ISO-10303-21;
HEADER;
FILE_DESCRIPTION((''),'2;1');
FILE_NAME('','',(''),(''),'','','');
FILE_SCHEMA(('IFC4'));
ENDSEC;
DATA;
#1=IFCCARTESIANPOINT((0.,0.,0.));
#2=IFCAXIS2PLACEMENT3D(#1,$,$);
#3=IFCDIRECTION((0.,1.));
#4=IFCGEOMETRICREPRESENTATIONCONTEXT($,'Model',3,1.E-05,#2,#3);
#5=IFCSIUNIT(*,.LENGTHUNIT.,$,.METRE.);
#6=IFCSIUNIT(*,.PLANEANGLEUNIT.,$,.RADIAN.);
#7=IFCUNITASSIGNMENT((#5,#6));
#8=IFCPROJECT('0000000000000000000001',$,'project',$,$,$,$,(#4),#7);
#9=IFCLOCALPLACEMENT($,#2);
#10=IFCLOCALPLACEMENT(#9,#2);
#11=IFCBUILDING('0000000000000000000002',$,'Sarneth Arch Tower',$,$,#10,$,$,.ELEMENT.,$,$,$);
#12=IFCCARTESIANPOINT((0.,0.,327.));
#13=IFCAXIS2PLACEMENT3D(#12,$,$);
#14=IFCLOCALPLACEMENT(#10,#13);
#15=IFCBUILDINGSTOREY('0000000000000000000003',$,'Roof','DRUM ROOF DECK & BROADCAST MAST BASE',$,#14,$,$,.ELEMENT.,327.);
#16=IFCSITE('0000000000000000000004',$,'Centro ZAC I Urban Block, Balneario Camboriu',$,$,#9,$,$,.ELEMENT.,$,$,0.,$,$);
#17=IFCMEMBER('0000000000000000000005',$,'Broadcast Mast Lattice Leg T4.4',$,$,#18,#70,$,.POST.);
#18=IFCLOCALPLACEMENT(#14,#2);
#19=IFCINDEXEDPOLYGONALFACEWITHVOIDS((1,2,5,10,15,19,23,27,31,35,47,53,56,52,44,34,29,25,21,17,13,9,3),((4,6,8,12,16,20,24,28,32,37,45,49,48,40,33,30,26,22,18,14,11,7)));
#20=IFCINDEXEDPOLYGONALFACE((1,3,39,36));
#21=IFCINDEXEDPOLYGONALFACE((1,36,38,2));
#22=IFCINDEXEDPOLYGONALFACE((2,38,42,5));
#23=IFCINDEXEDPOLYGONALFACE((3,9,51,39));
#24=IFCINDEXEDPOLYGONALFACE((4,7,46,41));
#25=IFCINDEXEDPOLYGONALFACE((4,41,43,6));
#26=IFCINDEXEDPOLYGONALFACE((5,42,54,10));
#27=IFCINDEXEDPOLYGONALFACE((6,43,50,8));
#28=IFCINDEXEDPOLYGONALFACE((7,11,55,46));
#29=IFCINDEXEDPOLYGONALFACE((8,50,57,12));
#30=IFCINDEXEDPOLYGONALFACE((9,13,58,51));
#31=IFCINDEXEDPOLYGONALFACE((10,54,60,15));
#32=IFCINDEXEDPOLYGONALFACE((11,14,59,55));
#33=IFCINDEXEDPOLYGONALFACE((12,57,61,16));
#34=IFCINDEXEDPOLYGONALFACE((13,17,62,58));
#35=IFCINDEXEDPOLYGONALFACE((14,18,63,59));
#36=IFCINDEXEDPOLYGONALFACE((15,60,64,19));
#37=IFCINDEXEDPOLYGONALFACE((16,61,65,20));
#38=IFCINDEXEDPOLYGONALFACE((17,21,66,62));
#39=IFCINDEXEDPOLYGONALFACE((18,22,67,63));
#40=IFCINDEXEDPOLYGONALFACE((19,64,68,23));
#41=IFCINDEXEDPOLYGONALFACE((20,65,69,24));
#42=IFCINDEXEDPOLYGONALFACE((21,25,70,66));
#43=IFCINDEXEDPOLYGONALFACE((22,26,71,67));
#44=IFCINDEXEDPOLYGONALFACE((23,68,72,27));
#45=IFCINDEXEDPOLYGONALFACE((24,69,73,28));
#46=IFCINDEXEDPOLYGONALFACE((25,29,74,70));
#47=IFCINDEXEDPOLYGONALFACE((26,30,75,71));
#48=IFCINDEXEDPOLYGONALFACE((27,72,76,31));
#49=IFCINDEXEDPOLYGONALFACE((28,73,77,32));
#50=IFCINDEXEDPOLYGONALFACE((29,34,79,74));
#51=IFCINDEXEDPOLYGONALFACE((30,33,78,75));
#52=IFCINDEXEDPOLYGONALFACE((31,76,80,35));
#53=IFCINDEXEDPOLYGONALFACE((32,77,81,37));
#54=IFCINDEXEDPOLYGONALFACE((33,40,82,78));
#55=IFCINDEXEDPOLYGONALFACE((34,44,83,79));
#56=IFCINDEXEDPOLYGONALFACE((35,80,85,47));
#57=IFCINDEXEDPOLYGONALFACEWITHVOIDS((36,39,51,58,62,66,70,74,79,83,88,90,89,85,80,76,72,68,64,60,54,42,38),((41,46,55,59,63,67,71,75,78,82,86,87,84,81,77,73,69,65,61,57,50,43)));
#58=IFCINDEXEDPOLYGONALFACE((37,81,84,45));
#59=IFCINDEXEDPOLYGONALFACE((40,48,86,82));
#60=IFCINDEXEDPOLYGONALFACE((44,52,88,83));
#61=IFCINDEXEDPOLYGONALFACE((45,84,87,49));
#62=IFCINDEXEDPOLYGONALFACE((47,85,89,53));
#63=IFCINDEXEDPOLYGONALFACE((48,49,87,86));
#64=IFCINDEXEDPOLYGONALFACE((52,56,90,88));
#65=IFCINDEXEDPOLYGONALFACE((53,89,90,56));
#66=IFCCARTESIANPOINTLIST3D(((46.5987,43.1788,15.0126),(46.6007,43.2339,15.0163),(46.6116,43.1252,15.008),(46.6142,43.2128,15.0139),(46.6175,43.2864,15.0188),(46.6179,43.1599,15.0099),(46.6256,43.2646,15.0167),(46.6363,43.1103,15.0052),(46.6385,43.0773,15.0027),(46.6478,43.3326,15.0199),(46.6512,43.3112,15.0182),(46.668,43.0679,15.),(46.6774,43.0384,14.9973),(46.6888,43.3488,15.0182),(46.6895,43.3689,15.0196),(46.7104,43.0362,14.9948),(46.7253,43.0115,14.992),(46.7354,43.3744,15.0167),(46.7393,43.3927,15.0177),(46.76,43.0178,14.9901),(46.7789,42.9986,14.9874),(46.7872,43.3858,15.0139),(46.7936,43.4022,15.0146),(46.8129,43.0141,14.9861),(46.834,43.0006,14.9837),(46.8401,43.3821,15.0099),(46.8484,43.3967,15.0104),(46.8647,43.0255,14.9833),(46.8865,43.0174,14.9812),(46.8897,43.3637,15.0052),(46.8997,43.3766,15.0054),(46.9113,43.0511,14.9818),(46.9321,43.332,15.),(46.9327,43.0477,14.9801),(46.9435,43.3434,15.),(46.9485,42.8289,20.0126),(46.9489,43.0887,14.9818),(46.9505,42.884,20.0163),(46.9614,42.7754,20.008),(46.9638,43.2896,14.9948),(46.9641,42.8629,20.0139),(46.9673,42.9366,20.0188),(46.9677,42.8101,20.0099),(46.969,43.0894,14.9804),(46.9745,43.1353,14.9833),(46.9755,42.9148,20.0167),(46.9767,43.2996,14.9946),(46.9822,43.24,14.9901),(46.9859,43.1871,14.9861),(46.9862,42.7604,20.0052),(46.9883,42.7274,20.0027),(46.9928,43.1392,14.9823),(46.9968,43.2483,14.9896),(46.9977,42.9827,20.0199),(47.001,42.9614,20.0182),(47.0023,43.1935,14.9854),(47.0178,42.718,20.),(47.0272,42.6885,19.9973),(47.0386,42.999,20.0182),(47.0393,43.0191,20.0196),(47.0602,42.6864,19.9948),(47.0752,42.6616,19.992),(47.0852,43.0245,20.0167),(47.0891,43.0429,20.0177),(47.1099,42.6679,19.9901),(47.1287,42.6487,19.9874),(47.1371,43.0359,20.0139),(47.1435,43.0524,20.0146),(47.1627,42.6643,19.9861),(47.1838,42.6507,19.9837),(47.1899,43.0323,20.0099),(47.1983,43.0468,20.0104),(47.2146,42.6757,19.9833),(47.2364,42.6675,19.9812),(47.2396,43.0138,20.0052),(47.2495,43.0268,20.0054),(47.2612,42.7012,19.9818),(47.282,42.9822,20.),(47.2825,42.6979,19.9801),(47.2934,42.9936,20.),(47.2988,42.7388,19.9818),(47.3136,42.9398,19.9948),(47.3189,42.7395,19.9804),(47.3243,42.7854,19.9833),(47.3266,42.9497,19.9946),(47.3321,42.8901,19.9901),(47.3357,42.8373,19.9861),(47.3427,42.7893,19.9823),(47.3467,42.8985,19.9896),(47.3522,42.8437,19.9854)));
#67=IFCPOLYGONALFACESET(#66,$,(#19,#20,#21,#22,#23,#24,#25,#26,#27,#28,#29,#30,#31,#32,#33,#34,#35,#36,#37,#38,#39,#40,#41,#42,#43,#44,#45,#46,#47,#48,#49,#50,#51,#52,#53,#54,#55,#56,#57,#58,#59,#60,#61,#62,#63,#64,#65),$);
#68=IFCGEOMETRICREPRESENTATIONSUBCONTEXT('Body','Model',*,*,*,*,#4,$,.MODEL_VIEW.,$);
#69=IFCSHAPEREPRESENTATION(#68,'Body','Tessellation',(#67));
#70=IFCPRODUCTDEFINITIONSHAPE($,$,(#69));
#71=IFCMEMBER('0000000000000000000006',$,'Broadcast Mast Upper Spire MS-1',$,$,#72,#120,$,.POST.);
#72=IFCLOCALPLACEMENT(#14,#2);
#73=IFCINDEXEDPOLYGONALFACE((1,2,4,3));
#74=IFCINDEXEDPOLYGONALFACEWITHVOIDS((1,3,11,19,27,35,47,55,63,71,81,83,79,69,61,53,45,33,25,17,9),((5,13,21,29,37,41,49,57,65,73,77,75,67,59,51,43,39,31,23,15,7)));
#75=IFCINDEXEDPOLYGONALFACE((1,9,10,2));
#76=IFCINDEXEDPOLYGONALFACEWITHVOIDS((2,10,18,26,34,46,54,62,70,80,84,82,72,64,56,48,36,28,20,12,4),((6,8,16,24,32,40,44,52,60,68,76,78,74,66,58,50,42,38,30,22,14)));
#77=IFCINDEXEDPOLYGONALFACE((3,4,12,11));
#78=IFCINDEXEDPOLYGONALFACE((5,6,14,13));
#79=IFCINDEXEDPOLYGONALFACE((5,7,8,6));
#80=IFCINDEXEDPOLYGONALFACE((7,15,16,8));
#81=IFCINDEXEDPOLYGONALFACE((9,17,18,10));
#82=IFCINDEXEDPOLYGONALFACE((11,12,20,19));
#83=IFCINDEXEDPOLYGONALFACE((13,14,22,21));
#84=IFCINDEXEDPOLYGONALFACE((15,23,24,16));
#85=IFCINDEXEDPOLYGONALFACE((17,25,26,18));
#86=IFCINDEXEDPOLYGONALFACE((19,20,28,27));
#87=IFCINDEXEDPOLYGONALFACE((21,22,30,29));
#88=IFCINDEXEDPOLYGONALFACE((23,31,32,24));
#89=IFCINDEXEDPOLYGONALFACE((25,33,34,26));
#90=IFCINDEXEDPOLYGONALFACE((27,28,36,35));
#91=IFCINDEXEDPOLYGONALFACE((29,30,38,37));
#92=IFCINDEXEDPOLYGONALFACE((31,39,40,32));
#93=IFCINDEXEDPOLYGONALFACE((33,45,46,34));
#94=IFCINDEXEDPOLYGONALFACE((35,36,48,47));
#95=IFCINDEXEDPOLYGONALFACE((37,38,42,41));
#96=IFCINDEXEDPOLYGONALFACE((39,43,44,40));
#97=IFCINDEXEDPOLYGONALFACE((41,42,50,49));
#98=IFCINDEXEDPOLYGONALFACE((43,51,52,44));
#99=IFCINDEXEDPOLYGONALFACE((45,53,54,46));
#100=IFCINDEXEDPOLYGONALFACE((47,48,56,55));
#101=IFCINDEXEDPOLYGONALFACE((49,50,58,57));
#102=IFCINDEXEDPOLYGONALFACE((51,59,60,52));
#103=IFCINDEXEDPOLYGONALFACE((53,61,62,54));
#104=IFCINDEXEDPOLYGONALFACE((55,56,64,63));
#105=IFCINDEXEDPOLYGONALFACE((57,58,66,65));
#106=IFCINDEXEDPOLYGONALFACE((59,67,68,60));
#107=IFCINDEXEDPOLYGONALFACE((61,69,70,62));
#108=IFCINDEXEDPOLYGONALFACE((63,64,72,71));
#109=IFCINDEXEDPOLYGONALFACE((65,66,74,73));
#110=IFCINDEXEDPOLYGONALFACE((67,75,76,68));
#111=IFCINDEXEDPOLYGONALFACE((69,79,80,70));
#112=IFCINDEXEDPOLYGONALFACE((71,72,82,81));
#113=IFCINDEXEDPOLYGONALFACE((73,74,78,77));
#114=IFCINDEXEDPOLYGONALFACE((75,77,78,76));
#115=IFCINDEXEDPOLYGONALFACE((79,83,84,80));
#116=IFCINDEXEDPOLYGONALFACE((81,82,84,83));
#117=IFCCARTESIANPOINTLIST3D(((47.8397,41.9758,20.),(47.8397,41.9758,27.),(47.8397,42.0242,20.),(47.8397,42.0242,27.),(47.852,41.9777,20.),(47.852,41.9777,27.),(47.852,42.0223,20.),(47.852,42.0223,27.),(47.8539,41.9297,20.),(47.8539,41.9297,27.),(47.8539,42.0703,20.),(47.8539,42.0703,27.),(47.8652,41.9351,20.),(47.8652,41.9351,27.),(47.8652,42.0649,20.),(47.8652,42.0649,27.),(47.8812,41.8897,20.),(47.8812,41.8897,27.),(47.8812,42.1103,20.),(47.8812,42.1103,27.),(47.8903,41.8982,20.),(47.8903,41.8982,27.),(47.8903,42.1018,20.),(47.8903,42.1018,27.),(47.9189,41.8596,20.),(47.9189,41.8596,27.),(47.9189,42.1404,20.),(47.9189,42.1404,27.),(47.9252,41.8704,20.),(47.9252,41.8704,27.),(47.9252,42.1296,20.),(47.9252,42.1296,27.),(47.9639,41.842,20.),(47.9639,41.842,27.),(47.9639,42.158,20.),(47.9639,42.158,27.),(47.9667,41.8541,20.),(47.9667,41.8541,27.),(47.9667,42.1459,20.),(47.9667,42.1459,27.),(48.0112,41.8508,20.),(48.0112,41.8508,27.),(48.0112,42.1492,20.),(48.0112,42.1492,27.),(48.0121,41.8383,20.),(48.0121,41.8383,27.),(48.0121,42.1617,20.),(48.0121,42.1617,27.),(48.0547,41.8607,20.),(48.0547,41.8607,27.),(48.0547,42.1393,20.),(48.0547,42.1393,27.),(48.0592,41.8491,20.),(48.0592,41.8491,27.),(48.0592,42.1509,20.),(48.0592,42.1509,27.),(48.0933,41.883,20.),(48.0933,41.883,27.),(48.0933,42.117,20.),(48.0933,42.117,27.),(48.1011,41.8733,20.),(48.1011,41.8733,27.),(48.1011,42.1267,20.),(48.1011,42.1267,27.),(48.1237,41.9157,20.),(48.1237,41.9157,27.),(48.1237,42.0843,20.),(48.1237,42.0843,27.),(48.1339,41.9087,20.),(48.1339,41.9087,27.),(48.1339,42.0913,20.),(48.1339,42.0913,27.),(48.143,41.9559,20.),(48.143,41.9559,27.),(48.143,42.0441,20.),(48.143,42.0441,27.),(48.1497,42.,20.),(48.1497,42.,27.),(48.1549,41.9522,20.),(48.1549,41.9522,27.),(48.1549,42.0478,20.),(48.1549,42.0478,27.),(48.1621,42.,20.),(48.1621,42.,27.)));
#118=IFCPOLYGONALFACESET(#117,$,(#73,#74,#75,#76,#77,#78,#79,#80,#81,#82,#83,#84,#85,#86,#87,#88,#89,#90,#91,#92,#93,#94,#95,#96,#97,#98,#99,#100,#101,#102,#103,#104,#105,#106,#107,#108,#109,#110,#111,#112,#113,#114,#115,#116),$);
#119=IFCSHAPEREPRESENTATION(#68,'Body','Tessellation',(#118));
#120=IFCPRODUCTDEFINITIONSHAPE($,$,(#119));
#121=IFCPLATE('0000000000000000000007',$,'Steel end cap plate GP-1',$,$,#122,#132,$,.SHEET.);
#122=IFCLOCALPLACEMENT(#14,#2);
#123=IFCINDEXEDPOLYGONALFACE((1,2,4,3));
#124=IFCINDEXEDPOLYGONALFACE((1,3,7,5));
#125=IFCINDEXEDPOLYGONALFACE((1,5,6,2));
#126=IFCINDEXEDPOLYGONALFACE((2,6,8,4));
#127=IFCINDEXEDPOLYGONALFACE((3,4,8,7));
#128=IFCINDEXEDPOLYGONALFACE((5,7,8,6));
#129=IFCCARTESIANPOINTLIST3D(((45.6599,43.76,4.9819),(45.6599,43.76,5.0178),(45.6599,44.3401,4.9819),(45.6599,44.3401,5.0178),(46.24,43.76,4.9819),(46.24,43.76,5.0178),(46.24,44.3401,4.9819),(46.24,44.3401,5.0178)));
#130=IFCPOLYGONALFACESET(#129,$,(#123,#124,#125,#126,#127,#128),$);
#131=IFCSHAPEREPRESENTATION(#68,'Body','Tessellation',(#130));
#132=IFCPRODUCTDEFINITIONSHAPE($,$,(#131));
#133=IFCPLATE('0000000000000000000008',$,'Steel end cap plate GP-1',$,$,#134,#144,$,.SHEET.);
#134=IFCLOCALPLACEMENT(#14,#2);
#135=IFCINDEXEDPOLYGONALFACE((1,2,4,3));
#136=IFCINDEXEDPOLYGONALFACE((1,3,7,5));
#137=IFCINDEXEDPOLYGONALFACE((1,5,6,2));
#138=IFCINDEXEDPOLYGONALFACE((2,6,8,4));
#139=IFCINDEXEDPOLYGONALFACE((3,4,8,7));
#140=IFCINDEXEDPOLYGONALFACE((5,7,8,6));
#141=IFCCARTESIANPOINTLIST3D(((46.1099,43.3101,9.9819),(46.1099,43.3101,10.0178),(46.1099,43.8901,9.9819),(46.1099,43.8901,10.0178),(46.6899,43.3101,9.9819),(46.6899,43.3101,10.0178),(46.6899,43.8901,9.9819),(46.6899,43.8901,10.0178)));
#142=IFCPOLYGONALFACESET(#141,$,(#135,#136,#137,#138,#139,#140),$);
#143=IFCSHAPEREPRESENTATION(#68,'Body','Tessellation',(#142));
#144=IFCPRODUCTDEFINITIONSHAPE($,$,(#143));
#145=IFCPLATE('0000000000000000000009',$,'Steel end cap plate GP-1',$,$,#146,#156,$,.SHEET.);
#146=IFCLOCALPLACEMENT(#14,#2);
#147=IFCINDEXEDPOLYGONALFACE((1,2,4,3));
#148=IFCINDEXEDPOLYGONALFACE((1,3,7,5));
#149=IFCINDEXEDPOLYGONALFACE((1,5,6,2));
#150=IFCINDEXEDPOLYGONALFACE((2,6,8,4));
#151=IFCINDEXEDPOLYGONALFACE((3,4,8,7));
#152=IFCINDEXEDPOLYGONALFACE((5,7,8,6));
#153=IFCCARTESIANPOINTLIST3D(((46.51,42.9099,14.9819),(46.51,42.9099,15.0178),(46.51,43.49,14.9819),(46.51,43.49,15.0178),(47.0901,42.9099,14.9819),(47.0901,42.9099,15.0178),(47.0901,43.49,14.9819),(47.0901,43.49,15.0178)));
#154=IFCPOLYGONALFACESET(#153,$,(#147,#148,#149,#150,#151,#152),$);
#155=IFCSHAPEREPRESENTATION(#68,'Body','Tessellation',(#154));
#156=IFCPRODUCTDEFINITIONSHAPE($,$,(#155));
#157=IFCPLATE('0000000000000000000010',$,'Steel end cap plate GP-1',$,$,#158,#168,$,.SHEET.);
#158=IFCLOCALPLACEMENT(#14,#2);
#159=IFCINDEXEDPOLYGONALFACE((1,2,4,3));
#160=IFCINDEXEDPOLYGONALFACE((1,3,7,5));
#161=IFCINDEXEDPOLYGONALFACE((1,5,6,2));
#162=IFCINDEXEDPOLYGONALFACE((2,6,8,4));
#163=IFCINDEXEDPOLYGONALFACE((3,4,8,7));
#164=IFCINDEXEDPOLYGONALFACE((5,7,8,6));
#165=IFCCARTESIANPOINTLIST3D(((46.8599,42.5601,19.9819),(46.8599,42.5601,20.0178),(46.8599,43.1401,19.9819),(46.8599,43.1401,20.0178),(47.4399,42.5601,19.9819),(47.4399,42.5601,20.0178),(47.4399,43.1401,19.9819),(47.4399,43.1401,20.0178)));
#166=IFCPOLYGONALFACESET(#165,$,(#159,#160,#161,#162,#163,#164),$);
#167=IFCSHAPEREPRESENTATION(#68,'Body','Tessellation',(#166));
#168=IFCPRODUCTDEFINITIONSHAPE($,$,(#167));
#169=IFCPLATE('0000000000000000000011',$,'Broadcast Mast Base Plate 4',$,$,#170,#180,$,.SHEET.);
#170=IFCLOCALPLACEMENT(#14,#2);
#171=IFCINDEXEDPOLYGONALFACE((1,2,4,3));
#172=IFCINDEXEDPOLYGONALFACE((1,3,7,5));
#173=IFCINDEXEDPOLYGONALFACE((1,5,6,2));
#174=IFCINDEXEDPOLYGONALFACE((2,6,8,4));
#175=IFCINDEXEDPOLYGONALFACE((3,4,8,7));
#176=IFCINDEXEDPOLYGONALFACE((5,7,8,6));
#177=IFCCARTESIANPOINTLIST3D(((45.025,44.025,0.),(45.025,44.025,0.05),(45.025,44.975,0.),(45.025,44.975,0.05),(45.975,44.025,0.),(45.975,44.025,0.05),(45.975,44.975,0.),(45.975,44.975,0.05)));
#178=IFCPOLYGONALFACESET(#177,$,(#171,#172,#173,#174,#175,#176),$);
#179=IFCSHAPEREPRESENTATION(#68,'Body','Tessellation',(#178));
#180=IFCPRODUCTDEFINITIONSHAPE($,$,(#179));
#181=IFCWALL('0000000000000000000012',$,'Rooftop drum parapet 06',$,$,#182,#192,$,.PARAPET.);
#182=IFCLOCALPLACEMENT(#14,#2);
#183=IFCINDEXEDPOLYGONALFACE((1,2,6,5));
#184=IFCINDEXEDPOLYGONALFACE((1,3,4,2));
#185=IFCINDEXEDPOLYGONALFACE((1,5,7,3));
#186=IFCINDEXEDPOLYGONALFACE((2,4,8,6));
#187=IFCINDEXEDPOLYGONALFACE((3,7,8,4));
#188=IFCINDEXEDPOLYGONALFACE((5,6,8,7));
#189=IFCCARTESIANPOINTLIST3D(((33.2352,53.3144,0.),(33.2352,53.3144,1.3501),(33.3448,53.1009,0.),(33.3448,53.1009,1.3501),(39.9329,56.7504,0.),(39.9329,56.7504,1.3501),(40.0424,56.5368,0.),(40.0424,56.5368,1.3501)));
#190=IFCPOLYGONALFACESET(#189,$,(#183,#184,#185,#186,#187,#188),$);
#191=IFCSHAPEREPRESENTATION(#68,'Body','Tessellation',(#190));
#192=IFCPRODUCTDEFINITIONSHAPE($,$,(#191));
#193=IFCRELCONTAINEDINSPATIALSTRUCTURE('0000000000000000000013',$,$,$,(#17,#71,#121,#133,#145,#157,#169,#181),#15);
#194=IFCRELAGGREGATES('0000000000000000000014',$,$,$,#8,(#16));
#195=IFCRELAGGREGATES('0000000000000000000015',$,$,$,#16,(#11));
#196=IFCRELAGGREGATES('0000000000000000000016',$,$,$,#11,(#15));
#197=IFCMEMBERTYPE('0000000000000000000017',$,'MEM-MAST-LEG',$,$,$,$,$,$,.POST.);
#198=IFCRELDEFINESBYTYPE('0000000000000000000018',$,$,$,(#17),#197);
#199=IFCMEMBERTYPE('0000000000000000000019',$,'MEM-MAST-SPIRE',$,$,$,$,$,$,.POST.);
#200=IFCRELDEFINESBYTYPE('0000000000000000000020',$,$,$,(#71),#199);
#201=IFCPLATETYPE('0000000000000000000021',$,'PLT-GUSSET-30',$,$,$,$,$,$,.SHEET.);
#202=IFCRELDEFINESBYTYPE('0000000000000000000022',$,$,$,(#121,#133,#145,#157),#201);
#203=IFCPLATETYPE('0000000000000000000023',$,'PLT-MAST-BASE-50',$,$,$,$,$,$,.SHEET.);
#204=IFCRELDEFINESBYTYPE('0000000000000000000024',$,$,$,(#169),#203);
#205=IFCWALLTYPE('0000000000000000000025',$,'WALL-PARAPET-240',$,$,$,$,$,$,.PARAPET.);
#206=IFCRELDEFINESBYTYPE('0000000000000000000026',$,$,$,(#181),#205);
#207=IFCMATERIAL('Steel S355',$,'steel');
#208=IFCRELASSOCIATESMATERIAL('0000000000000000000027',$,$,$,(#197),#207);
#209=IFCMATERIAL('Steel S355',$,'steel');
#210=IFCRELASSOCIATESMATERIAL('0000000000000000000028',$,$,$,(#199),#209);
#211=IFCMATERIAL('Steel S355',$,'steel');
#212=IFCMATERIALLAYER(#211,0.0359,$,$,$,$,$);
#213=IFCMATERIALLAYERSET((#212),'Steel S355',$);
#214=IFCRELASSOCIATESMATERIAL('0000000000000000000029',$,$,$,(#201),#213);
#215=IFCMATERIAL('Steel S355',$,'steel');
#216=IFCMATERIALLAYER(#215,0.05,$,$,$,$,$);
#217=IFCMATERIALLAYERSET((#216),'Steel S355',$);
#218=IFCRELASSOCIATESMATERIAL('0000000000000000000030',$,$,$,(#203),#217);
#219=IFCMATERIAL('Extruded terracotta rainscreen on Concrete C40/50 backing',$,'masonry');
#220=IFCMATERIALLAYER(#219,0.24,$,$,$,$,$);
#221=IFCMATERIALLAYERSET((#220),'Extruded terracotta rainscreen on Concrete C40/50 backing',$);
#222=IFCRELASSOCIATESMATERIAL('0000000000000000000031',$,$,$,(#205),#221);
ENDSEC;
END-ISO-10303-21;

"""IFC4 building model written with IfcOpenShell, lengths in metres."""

from ifc_helpers import new_model, si_unit, direction, frame, frame_2d, origin, origin_2d, place, context, subcontext, project, spatial, rectangle, hollow_circle, extrude, material, layer, layer_set, material_profile, profile_set, type_object, element, save


model = new_model("IFC4")

# Units and contexts
model_context = context("Model", 3, precision=1e-05, world=origin(), true_north=direction((0.0, 1.0)))
body_context = subcontext(model_context, "Body", "Model", "MODEL_VIEW")
ifc_project = project(units=[si_unit("LENGTHUNIT", "METRE"), si_unit("PLANEANGLEUNIT", "RADIAN")], contexts=[model_context])

# Site, building, storey
site_placement = place(None, origin())
site = spatial("IfcSite", under=ifc_project, at=site_placement, Name="Centro ZAC I Urban Block, Balneario Camboriu", CompositionType="ELEMENT", RefElevation=0.0)
building_placement = place(site_placement, origin())
building = spatial("IfcBuilding", under=site, at=building_placement, Name="Sarneth Arch Tower", CompositionType="ELEMENT")
storey_placement = place(building_placement, frame((0.0, 0.0, 327.0)))
storey = spatial("IfcBuildingStorey", under=building, at=storey_placement, Name="Roof", Description="DRUM ROOF DECK & BROADCAST MAST BASE", CompositionType="ELEMENT", Elevation=327.0)

# Members
ifc_material_1 = material(Name="Steel S355", Category="steel")
ifc_material_profile_1 = material_profile(ifc_material_1, hollow_circle(Radius=0.2029, WallThickness=0.0161, at=origin_2d()), Name="CHS406x16")
ifc_profile_set_1 = profile_set([ifc_material_profile_1], Name="Steel S355")
member_type_1 = type_object("IfcMemberType", Name="MEM-MAST-LEG", PredefinedType="POST", material=ifc_profile_set_1)
member_1_placement = place(storey_placement, frame((46.8, 43.2, 15.0), z_axis=(0.069631, -0.069631, 0.99514), x_axis=(0.707107, 0.707107, 0.0)))
element("IfcMember", 1, at=member_1_placement, inside=storey, type_object=member_type_1, Name="Broadcast Mast Lattice Leg T4.4", PredefinedType="POST", context=body_context, shape_type="SweptSolid", body=[
    extrude(hollow_circle(Radius=0.2029, WallThickness=0.0161, at=origin_2d()), origin(), (0.0, 0.0, 1.0), 5.0244),
])
ifc_material_2 = material(Name="Steel S355", Category="steel")
ifc_material_profile_2 = material_profile(ifc_material_2, hollow_circle(Radius=0.1621, WallThickness=0.0125, at=origin_2d()), Name="CHS324x12.5")
ifc_profile_set_2 = profile_set([ifc_material_profile_2], Name="Steel S355")
member_type_2 = type_object("IfcMemberType", Name="MEM-MAST-SPIRE", PredefinedType="POST", material=ifc_profile_set_2)
member_2_placement = place(storey_placement, frame((48.0, 42.0, 20.0), z_axis=(0.0, 0.0, 1.0), x_axis=(1.0, 0.0, 0.0)))
element("IfcMember", 2, at=member_2_placement, inside=storey, type_object=member_type_2, Name="Broadcast Mast Upper Spire MS-1", PredefinedType="POST", context=body_context, shape_type="SweptSolid", body=[
    extrude(hollow_circle(Radius=0.1621, WallThickness=0.0125, at=origin_2d()), origin(), (0.0, 0.0, 1.0), 7.0),
])

# Plates
ifc_material_3 = material(Name="Steel S355", Category="steel")
ifc_layer_1 = layer(ifc_material_3, 0.0359)
ifc_layer_set_1 = layer_set([ifc_layer_1], Name="Steel S355")
plate_type_1 = type_object("IfcPlateType", Name="PLT-GUSSET-30", PredefinedType="SHEET", material=ifc_layer_set_1)
for number, where, z_axis, x_axis, name in (
    (3, (45.95, 44.05, 4.9819), (0.0, 0.0, 1.0), (1.0, 0.0, 0.0), "Steel end cap plate GP-1"),
    (4, (46.3999, 43.6001, 9.9819), (0.0, 0.0, 1.0), (1.0, 0.0, 0.0), "Steel end cap plate GP-1"),
    (5, (46.8, 43.2, 14.9819), (0.0, 0.0, 1.0), (1.0, 0.0, 0.0), "Steel end cap plate GP-1"),
    (6, (47.1499, 42.8501, 19.9819), (0.0, 0.0, 1.0), (1.0, 0.0, 0.0), "Steel end cap plate GP-1"),
):
    element("IfcPlate", number, at=place(storey_placement, frame(where, z_axis=z_axis, x_axis=x_axis)), inside=storey, type_object=plate_type_1, Name=name, PredefinedType="SHEET", context=body_context, shape_type="SweptSolid", body=[
        extrude(rectangle(XDim=0.5801, YDim=0.5801, at=origin_2d()), origin(), (0.0, 0.0, 1.0), 0.0359),
    ])
ifc_material_4 = material(Name="Steel S355", Category="steel")
ifc_layer_2 = layer(ifc_material_4, 0.05)
ifc_layer_set_2 = layer_set([ifc_layer_2], Name="Steel S355")
plate_type_2 = type_object("IfcPlateType", Name="PLT-MAST-BASE-50", PredefinedType="SHEET", material=ifc_layer_set_2)
plate_placement = place(storey_placement, frame((45.5, 44.5, 0.0), z_axis=(0.0, 0.0, 1.0), x_axis=(1.0, 0.0, 0.0)))
element("IfcPlate", 7, at=plate_placement, inside=storey, type_object=plate_type_2, Name="Broadcast Mast Base Plate 4", PredefinedType="SHEET", context=body_context, shape_type="SweptSolid", body=[
    extrude(rectangle(XDim=0.95, YDim=0.95, at=origin_2d()), origin(), (0.0, 0.0, 1.0), 0.05),
])

# Wall
ifc_material_5 = material(Name="Extruded terracotta rainscreen on Concrete C40/50 backing", Category="masonry")
ifc_layer_3 = layer(ifc_material_5, 0.24)
ifc_layer_set_3 = layer_set([ifc_layer_3], Name="Extruded terracotta rainscreen on Concrete C40/50 backing")
wall_type = type_object("IfcWallType", Name="WALL-PARAPET-240", PredefinedType="PARAPET", material=ifc_layer_set_3)
wall_1_placement = place(storey_placement, frame((39.9875, 56.6436, 0.0), z_axis=(0.0, 0.0, 1.0), x_axis=(-0.889748, -0.456452, 0.0)))
element("IfcWall", 8, at=wall_1_placement, inside=storey, type_object=wall_type, Name="Rooftop drum parapet 06", PredefinedType="PARAPET", context=body_context, shape_type="SweptSolid", body=[
    extrude(rectangle(XDim=7.5276, YDim=0.24, at=frame_2d((3.7637, 0.0))), origin(), (0.0, 0.0, 1.0), 1.3501),
])

save(model, "model.ifc")
